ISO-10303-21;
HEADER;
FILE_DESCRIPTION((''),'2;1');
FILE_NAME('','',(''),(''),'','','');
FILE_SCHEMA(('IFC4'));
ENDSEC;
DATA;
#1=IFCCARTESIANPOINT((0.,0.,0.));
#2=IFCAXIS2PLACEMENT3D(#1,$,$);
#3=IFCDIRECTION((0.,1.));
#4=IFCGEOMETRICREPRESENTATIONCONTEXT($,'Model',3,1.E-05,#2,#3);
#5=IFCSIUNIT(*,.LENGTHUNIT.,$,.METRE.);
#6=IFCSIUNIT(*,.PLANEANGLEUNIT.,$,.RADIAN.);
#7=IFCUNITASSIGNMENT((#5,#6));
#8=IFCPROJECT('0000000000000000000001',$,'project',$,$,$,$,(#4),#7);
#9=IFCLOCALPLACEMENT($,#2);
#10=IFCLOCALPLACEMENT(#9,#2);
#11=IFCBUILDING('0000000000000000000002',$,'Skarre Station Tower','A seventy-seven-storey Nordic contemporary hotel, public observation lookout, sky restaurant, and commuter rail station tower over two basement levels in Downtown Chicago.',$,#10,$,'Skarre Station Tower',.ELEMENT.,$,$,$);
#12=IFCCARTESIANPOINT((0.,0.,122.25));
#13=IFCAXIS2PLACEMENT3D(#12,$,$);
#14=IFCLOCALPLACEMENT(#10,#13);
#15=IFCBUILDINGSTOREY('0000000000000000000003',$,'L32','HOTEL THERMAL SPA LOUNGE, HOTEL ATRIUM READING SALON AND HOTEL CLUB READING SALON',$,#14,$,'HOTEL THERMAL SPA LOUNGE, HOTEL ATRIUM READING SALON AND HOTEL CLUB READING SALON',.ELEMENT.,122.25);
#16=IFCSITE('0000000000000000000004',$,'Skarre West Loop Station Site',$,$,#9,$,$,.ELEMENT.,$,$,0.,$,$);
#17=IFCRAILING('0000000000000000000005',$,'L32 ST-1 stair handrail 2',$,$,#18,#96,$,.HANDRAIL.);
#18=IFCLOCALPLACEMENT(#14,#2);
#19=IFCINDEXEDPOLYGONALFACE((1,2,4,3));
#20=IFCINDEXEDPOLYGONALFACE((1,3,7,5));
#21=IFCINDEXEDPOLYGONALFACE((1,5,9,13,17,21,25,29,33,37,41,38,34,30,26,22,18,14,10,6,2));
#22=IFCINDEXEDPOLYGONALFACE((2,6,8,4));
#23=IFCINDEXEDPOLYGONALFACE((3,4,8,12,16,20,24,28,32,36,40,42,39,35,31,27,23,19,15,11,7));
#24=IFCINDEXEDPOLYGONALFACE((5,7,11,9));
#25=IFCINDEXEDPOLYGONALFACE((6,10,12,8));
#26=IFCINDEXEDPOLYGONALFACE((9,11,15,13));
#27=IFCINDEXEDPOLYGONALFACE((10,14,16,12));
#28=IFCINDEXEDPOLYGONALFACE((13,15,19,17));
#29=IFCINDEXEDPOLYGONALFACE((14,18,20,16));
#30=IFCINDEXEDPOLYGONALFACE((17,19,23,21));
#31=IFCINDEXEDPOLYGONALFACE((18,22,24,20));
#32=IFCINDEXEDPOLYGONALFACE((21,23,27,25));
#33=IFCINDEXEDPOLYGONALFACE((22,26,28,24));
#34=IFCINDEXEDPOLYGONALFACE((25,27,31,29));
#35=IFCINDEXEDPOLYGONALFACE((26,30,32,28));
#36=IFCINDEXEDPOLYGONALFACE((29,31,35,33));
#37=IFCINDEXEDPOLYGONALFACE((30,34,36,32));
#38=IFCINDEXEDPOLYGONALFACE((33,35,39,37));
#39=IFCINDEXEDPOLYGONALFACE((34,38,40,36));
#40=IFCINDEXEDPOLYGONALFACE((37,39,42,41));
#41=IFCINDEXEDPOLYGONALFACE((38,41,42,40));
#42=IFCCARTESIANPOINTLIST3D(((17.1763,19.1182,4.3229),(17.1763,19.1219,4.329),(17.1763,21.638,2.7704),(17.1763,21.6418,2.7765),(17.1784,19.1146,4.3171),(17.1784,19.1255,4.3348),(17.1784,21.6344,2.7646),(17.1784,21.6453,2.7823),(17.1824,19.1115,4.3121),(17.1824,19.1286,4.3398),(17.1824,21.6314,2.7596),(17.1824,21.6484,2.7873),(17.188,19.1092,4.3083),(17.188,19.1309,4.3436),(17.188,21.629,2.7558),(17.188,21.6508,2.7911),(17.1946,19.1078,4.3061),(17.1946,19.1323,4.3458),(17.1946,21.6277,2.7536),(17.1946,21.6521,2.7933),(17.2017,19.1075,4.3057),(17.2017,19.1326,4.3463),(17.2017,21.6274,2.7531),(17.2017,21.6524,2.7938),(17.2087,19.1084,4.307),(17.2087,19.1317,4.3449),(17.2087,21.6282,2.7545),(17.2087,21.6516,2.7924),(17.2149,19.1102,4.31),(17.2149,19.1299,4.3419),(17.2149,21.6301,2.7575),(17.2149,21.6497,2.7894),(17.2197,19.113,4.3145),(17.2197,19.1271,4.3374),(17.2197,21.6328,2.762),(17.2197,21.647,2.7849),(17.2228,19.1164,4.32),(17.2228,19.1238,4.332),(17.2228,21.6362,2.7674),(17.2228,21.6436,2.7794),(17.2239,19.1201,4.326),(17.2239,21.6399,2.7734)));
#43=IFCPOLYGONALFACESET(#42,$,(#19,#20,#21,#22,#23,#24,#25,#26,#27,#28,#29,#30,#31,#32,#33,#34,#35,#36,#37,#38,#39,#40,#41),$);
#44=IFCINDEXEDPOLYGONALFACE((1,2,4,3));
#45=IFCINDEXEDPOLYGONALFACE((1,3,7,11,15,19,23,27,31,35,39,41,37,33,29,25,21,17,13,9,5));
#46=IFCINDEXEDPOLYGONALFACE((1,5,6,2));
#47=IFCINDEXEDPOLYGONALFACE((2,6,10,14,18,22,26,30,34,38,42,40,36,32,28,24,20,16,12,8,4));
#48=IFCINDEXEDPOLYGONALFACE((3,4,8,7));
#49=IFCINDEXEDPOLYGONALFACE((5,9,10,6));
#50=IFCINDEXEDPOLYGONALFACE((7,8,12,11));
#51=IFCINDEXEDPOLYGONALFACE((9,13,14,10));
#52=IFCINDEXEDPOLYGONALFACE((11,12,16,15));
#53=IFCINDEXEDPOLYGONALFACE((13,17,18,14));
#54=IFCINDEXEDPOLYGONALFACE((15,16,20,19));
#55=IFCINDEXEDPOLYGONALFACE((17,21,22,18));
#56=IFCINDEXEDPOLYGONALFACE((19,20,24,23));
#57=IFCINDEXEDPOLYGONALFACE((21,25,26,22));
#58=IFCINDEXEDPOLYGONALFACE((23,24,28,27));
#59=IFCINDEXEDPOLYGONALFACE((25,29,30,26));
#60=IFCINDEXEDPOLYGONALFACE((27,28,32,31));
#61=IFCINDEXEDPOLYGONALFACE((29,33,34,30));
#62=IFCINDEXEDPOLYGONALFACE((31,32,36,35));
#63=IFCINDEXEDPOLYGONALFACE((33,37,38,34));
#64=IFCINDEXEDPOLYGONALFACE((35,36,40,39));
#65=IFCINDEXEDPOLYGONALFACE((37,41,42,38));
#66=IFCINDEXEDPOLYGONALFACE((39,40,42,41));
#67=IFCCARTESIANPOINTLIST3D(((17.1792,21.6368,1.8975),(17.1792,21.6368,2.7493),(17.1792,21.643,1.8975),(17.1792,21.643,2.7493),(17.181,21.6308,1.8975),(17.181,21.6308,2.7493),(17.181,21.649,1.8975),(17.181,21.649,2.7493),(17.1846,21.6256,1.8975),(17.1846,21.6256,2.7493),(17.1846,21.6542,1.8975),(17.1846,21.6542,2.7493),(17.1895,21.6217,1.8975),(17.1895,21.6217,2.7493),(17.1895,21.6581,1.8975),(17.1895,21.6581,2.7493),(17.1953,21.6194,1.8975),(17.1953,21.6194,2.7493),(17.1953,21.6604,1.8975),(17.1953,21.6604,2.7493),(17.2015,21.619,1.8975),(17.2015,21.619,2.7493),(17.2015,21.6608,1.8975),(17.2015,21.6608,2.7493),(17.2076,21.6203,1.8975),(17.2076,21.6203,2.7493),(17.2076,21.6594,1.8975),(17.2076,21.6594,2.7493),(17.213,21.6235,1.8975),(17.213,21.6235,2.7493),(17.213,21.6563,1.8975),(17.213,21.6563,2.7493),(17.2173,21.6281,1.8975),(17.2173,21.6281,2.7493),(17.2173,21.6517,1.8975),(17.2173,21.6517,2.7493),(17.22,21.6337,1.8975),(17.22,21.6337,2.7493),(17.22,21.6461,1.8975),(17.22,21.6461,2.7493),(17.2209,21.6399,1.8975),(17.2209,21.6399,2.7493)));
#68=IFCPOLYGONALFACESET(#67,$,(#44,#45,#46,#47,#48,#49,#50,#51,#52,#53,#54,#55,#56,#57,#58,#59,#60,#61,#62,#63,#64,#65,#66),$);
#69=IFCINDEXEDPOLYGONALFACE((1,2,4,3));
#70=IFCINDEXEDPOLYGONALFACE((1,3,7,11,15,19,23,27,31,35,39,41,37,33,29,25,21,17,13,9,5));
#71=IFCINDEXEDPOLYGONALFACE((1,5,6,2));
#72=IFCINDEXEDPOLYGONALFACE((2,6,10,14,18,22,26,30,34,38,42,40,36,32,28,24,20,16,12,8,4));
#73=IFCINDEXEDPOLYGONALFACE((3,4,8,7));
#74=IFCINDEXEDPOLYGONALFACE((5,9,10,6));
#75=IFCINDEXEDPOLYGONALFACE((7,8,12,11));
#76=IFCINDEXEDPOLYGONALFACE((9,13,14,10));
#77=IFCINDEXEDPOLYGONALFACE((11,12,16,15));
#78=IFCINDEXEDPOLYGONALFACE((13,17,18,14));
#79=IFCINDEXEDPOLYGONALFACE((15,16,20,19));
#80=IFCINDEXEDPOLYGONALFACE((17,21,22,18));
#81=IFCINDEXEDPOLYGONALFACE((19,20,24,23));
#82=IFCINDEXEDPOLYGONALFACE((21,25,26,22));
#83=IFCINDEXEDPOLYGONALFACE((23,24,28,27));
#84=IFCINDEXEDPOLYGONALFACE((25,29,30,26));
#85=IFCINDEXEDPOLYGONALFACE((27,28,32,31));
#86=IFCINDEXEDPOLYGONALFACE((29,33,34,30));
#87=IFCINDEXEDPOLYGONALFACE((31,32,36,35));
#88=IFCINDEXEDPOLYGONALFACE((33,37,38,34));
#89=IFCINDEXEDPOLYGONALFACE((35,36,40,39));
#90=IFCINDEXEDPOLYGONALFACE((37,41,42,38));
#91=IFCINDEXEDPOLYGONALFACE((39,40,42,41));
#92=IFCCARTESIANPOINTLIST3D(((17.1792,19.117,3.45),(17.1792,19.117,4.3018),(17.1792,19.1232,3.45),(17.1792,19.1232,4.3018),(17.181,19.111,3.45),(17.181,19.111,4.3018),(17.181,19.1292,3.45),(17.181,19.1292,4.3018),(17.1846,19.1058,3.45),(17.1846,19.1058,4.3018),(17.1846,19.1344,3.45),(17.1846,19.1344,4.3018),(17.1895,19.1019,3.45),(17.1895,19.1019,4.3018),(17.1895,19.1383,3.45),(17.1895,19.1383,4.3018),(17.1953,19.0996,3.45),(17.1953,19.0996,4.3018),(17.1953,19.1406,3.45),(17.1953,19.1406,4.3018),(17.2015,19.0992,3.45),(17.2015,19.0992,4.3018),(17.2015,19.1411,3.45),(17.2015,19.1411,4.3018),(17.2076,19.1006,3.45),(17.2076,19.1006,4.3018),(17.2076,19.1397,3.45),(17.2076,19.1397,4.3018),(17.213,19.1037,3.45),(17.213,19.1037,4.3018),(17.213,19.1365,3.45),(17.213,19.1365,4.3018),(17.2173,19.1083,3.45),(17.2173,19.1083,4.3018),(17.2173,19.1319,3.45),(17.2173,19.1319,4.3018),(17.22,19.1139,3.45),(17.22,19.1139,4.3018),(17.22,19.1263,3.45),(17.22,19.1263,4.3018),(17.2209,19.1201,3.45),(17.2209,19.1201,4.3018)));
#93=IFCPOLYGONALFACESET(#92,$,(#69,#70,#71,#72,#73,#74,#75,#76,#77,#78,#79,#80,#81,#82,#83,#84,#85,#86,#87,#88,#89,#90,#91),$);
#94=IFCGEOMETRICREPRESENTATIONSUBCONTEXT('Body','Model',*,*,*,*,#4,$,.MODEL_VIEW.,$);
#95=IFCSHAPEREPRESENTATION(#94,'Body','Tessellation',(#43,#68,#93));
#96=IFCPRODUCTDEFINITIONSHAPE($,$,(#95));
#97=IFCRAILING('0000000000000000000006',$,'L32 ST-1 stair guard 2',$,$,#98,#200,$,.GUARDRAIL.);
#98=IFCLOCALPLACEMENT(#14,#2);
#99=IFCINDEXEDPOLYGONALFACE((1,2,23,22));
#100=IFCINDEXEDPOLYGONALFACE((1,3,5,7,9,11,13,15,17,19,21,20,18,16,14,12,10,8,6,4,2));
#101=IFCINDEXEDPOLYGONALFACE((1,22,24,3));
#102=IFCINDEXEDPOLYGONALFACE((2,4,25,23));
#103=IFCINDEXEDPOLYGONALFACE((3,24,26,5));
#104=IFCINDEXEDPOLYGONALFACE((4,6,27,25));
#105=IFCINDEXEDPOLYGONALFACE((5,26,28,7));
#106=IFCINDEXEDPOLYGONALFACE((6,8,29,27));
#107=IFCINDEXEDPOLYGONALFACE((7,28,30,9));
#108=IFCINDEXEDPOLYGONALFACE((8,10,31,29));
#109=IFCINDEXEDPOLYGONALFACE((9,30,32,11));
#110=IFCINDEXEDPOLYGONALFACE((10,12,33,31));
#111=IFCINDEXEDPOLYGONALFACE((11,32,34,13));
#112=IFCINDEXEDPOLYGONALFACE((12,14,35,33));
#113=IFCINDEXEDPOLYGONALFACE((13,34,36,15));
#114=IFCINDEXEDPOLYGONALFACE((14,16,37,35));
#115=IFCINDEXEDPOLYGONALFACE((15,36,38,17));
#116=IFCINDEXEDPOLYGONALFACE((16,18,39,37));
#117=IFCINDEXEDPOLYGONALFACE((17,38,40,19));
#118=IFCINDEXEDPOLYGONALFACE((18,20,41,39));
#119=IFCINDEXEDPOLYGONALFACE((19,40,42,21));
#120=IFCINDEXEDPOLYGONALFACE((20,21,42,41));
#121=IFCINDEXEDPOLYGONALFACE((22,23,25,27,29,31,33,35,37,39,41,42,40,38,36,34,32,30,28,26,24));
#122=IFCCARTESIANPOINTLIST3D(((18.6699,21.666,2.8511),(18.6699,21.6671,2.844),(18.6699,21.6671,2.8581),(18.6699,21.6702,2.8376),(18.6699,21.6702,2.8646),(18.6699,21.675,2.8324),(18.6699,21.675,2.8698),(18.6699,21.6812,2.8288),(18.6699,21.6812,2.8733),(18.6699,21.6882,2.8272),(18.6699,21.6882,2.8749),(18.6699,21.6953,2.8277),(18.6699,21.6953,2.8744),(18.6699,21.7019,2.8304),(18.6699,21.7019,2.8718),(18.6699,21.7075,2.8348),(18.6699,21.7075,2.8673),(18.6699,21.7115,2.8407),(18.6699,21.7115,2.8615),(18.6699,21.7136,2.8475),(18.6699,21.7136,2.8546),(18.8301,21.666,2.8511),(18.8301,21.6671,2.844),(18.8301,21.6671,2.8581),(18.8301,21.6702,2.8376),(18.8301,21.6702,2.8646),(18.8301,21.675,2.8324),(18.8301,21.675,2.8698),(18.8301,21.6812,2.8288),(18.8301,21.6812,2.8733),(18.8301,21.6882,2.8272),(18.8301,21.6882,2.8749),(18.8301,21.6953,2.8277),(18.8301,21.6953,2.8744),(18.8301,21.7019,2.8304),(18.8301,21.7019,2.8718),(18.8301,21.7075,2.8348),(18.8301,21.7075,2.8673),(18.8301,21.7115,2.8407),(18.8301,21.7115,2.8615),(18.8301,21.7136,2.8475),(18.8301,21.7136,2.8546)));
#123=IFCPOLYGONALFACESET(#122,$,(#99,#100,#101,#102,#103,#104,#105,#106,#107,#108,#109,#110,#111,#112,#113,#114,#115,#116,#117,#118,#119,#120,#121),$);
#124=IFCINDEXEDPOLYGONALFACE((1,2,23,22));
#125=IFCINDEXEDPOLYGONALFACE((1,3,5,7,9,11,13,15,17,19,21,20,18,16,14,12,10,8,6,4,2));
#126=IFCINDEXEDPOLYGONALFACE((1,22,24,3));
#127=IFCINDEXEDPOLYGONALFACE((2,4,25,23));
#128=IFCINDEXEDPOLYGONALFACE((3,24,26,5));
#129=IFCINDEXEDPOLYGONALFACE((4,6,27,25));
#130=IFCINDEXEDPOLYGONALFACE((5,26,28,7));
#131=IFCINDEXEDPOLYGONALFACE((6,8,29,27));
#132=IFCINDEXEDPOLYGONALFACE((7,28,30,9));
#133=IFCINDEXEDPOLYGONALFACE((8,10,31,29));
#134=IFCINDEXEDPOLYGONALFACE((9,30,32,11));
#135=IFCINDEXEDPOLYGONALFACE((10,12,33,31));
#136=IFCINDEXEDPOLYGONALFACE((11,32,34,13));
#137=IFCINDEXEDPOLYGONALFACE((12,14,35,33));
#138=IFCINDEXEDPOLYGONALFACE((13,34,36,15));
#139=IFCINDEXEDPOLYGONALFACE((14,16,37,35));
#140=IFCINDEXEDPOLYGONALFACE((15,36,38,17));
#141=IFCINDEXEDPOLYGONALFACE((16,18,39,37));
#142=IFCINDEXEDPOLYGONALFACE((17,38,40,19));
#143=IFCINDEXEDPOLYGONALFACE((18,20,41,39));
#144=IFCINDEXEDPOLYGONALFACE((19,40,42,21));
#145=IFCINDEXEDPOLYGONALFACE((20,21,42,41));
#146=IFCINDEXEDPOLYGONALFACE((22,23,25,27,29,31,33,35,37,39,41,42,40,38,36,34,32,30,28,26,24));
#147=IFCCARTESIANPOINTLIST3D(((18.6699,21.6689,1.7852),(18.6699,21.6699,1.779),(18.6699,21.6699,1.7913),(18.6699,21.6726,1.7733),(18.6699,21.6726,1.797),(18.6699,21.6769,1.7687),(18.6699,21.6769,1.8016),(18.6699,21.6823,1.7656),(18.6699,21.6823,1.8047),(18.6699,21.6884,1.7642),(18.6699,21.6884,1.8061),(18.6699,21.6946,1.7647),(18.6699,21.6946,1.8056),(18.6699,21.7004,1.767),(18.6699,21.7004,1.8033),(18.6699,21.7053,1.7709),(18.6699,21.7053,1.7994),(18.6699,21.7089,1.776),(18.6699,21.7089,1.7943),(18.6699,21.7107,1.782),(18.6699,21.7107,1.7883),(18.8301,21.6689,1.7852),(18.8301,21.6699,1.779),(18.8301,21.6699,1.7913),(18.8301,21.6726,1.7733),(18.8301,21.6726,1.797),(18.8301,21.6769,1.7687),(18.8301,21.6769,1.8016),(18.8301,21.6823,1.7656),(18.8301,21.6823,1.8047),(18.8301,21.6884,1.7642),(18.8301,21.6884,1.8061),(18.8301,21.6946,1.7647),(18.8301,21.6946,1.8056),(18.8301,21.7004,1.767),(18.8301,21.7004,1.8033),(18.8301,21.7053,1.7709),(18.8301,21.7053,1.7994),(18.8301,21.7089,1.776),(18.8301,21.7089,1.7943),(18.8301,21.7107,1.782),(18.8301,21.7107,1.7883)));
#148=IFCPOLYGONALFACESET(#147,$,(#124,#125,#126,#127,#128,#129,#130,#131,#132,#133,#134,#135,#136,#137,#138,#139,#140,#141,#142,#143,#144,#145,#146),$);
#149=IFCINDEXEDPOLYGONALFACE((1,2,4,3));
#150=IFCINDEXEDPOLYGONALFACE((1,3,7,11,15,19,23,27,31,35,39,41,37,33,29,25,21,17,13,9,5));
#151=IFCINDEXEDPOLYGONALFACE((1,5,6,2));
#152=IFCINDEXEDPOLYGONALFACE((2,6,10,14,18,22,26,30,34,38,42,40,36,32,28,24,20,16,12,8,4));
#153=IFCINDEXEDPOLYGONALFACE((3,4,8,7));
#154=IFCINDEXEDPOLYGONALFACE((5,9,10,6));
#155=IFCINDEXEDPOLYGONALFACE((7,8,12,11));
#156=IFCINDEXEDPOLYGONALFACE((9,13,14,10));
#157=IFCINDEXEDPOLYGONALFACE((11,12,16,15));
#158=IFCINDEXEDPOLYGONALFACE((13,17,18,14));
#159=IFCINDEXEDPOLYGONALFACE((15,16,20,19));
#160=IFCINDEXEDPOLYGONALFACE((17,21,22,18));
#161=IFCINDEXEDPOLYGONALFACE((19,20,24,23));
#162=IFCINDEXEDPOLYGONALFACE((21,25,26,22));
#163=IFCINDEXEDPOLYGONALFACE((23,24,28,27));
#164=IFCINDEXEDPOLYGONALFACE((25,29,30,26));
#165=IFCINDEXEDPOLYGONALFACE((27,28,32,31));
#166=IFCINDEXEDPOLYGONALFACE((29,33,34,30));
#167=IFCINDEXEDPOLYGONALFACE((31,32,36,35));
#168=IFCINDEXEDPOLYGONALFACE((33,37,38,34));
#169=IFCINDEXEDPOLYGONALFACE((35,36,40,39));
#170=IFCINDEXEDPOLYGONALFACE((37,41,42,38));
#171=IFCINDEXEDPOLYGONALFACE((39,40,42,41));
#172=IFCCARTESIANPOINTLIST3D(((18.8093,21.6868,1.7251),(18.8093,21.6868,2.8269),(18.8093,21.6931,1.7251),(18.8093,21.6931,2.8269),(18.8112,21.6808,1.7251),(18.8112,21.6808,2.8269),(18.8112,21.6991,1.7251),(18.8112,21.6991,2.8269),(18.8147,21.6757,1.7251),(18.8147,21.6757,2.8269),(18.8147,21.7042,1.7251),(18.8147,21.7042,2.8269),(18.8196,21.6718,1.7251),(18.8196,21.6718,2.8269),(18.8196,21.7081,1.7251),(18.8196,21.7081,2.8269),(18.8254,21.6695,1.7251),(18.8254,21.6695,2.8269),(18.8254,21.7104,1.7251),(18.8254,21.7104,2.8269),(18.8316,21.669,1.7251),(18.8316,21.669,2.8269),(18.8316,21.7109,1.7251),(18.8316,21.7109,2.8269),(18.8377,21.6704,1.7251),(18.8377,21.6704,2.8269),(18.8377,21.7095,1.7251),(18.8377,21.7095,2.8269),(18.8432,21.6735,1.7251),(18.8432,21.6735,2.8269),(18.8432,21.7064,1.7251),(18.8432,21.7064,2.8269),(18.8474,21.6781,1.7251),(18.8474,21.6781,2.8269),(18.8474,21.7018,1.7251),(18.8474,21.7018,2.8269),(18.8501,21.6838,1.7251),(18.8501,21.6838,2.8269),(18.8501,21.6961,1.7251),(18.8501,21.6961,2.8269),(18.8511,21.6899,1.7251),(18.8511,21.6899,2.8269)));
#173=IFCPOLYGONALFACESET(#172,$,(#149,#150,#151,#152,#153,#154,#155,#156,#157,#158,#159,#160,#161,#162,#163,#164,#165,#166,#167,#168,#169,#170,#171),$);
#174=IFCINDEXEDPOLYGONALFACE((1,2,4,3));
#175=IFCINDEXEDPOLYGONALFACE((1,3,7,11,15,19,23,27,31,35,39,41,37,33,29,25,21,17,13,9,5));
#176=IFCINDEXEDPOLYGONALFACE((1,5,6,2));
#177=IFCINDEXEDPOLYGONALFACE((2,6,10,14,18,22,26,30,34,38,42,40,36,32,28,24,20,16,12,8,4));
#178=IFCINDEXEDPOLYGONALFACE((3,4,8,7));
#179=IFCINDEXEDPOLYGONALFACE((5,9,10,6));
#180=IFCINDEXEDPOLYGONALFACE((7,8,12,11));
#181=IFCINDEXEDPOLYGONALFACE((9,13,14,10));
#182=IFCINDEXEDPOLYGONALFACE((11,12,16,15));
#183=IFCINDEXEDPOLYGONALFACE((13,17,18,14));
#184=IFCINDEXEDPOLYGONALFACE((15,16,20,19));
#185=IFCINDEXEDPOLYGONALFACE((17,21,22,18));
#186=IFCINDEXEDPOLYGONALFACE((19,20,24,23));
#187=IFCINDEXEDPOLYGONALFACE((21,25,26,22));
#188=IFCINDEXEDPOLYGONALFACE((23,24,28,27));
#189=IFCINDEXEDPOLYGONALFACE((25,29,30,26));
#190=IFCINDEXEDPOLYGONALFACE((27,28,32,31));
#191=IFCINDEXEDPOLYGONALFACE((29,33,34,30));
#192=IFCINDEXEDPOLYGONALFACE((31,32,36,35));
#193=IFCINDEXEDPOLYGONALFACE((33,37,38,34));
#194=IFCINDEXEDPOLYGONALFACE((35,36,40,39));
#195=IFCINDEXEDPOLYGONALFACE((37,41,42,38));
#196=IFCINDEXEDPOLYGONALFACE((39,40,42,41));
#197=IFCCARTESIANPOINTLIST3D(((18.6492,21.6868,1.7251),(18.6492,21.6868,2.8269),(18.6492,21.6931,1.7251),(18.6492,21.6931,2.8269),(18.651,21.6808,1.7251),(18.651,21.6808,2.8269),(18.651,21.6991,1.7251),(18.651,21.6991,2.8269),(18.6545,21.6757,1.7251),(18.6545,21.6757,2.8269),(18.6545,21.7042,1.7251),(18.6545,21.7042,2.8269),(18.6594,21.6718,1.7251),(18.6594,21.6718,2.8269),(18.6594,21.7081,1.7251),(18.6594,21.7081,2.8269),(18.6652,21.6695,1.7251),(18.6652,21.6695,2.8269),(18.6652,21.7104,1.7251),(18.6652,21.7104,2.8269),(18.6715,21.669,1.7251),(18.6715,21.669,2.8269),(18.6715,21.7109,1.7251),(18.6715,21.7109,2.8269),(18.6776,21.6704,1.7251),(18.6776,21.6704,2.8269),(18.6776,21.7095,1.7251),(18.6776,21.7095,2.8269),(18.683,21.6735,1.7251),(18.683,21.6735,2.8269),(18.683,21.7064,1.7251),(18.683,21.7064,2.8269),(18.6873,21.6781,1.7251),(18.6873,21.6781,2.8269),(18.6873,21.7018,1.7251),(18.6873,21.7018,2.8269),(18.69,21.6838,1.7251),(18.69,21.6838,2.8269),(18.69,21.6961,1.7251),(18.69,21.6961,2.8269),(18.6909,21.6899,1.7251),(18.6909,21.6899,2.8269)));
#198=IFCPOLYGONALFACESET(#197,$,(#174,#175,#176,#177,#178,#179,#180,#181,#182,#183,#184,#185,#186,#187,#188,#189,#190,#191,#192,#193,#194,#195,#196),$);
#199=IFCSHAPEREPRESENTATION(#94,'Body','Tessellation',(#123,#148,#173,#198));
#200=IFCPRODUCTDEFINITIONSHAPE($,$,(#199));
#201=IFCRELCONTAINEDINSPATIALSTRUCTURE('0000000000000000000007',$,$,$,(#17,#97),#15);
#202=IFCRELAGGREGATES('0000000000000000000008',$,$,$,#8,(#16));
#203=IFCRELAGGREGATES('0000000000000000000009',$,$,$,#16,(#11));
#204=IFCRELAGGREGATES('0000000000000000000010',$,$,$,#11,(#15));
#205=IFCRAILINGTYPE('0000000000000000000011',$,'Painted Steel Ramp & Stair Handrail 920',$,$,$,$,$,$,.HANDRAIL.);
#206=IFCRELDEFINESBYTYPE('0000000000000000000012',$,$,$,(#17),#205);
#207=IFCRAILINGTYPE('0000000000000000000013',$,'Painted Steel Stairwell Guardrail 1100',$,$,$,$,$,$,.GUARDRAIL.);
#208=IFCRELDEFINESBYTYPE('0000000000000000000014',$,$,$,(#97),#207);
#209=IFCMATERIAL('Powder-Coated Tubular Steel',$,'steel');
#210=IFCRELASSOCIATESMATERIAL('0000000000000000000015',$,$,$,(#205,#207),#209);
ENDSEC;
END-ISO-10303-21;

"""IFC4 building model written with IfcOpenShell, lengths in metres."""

from ifc_helpers import new_model, si_unit, direction, frame, origin, origin_2d, place, context, subcontext, project, spatial, circle, extrude, material, type_object, element, save


model = new_model("IFC4")

# Units and contexts
model_context = context("Model", 3, precision=1e-05, world=origin(), true_north=direction((0.0, 1.0)))
body_context = subcontext(model_context, "Body", "Model", "MODEL_VIEW")
ifc_project = project(units=[si_unit("LENGTHUNIT", "METRE"), si_unit("PLANEANGLEUNIT", "RADIAN")], contexts=[model_context])

# Site, building, storey
site_placement = place(None, origin())
site = spatial("IfcSite", under=ifc_project, at=site_placement, Name="Skarre West Loop Station Site", CompositionType="ELEMENT", RefElevation=0.0)
building_placement = place(site_placement, origin())
building = spatial("IfcBuilding", under=site, at=building_placement, Name="Skarre Station Tower", Description="A seventy-seven-storey Nordic contemporary hotel, public observation lookout, sky restaurant, and commuter rail station tower over two basement levels in Downtown Chicago.", LongName="Skarre Station Tower", CompositionType="ELEMENT")
storey_placement = place(building_placement, frame((0.0, 0.0, 122.25)))
storey = spatial("IfcBuildingStorey", under=building, at=storey_placement, Name="L32", Description="HOTEL THERMAL SPA LOUNGE, HOTEL ATRIUM READING SALON AND HOTEL CLUB READING SALON", LongName="HOTEL THERMAL SPA LOUNGE, HOTEL ATRIUM READING SALON AND HOTEL CLUB READING SALON", CompositionType="ELEMENT", Elevation=122.25)

# Railings
ifc_material_1 = material(Name="Powder-Coated Tubular Steel", Category="steel")
railing_type_1 = type_object("IfcRailingType", Name="Painted Steel Ramp & Stair Handrail 920", PredefinedType="HANDRAIL", material=ifc_material_1)
railing_1_placement = place(storey_placement, frame((17.2, 21.6399, 1.8975)))
element("IfcRailing", 1, at=railing_1_placement, inside=storey, type_object=railing_type_1, Name="L32 ST-1 stair handrail 2", PredefinedType="HANDRAIL", context=body_context, shape_type="SweptSolid", body=[
    extrude(circle(Radius=0.0239, at=origin_2d()), frame((0.0, 0.0, 0.876), z_axis=(0.0, -0.851378, 0.524553), x_axis=(1.0, 0.0, 0.0)), (0.0, 0.0, 1.0), 2.9597),
    extrude(circle(Radius=0.021, at=origin_2d()), origin(), (0.0, 0.0, 1.0), 0.8518),
    extrude(circle(Radius=0.021, at=origin_2d()), frame((0.0, -2.5198, 1.5525)), (0.0, 0.0, 1.0), 0.8518),
])
railing_type_2 = type_object("IfcRailingType", Name="Painted Steel Stairwell Guardrail 1100", PredefinedType="GUARDRAIL", material=ifc_material_1)
railing_2_placement = place(storey_placement, frame((18.8301, 21.6899, 1.7251)))
element("IfcRailing", 2, at=railing_2_placement, inside=storey, type_object=railing_type_2, Name="L32 ST-1 stair guard 2", PredefinedType="GUARDRAIL", context=body_context, shape_type="SweptSolid", body=[
    extrude(circle(Radius=0.0239, at=origin_2d()), frame((0.0, 0.0, 1.126), z_axis=(-1.0, 0.0, 0.0), x_axis=(0.0, -1.0, 0.0)), (0.0, 0.0, 1.0), 0.1602),
    extrude(circle(Radius=0.021, at=origin_2d()), frame((0.0, 0.0, 0.0601), z_axis=(-1.0, 0.0, 0.0), x_axis=(0.0, -1.0, 0.0)), (0.0, 0.0, 1.0), 0.1602),
    extrude(circle(Radius=0.021, at=origin_2d()), origin(), (0.0, 0.0, 1.0), 1.1018),
    extrude(circle(Radius=0.021, at=origin_2d()), frame((-0.1602, 0.0, 0.0)), (0.0, 0.0, 1.0), 1.1018),
])

save(model, "model.ifc")
